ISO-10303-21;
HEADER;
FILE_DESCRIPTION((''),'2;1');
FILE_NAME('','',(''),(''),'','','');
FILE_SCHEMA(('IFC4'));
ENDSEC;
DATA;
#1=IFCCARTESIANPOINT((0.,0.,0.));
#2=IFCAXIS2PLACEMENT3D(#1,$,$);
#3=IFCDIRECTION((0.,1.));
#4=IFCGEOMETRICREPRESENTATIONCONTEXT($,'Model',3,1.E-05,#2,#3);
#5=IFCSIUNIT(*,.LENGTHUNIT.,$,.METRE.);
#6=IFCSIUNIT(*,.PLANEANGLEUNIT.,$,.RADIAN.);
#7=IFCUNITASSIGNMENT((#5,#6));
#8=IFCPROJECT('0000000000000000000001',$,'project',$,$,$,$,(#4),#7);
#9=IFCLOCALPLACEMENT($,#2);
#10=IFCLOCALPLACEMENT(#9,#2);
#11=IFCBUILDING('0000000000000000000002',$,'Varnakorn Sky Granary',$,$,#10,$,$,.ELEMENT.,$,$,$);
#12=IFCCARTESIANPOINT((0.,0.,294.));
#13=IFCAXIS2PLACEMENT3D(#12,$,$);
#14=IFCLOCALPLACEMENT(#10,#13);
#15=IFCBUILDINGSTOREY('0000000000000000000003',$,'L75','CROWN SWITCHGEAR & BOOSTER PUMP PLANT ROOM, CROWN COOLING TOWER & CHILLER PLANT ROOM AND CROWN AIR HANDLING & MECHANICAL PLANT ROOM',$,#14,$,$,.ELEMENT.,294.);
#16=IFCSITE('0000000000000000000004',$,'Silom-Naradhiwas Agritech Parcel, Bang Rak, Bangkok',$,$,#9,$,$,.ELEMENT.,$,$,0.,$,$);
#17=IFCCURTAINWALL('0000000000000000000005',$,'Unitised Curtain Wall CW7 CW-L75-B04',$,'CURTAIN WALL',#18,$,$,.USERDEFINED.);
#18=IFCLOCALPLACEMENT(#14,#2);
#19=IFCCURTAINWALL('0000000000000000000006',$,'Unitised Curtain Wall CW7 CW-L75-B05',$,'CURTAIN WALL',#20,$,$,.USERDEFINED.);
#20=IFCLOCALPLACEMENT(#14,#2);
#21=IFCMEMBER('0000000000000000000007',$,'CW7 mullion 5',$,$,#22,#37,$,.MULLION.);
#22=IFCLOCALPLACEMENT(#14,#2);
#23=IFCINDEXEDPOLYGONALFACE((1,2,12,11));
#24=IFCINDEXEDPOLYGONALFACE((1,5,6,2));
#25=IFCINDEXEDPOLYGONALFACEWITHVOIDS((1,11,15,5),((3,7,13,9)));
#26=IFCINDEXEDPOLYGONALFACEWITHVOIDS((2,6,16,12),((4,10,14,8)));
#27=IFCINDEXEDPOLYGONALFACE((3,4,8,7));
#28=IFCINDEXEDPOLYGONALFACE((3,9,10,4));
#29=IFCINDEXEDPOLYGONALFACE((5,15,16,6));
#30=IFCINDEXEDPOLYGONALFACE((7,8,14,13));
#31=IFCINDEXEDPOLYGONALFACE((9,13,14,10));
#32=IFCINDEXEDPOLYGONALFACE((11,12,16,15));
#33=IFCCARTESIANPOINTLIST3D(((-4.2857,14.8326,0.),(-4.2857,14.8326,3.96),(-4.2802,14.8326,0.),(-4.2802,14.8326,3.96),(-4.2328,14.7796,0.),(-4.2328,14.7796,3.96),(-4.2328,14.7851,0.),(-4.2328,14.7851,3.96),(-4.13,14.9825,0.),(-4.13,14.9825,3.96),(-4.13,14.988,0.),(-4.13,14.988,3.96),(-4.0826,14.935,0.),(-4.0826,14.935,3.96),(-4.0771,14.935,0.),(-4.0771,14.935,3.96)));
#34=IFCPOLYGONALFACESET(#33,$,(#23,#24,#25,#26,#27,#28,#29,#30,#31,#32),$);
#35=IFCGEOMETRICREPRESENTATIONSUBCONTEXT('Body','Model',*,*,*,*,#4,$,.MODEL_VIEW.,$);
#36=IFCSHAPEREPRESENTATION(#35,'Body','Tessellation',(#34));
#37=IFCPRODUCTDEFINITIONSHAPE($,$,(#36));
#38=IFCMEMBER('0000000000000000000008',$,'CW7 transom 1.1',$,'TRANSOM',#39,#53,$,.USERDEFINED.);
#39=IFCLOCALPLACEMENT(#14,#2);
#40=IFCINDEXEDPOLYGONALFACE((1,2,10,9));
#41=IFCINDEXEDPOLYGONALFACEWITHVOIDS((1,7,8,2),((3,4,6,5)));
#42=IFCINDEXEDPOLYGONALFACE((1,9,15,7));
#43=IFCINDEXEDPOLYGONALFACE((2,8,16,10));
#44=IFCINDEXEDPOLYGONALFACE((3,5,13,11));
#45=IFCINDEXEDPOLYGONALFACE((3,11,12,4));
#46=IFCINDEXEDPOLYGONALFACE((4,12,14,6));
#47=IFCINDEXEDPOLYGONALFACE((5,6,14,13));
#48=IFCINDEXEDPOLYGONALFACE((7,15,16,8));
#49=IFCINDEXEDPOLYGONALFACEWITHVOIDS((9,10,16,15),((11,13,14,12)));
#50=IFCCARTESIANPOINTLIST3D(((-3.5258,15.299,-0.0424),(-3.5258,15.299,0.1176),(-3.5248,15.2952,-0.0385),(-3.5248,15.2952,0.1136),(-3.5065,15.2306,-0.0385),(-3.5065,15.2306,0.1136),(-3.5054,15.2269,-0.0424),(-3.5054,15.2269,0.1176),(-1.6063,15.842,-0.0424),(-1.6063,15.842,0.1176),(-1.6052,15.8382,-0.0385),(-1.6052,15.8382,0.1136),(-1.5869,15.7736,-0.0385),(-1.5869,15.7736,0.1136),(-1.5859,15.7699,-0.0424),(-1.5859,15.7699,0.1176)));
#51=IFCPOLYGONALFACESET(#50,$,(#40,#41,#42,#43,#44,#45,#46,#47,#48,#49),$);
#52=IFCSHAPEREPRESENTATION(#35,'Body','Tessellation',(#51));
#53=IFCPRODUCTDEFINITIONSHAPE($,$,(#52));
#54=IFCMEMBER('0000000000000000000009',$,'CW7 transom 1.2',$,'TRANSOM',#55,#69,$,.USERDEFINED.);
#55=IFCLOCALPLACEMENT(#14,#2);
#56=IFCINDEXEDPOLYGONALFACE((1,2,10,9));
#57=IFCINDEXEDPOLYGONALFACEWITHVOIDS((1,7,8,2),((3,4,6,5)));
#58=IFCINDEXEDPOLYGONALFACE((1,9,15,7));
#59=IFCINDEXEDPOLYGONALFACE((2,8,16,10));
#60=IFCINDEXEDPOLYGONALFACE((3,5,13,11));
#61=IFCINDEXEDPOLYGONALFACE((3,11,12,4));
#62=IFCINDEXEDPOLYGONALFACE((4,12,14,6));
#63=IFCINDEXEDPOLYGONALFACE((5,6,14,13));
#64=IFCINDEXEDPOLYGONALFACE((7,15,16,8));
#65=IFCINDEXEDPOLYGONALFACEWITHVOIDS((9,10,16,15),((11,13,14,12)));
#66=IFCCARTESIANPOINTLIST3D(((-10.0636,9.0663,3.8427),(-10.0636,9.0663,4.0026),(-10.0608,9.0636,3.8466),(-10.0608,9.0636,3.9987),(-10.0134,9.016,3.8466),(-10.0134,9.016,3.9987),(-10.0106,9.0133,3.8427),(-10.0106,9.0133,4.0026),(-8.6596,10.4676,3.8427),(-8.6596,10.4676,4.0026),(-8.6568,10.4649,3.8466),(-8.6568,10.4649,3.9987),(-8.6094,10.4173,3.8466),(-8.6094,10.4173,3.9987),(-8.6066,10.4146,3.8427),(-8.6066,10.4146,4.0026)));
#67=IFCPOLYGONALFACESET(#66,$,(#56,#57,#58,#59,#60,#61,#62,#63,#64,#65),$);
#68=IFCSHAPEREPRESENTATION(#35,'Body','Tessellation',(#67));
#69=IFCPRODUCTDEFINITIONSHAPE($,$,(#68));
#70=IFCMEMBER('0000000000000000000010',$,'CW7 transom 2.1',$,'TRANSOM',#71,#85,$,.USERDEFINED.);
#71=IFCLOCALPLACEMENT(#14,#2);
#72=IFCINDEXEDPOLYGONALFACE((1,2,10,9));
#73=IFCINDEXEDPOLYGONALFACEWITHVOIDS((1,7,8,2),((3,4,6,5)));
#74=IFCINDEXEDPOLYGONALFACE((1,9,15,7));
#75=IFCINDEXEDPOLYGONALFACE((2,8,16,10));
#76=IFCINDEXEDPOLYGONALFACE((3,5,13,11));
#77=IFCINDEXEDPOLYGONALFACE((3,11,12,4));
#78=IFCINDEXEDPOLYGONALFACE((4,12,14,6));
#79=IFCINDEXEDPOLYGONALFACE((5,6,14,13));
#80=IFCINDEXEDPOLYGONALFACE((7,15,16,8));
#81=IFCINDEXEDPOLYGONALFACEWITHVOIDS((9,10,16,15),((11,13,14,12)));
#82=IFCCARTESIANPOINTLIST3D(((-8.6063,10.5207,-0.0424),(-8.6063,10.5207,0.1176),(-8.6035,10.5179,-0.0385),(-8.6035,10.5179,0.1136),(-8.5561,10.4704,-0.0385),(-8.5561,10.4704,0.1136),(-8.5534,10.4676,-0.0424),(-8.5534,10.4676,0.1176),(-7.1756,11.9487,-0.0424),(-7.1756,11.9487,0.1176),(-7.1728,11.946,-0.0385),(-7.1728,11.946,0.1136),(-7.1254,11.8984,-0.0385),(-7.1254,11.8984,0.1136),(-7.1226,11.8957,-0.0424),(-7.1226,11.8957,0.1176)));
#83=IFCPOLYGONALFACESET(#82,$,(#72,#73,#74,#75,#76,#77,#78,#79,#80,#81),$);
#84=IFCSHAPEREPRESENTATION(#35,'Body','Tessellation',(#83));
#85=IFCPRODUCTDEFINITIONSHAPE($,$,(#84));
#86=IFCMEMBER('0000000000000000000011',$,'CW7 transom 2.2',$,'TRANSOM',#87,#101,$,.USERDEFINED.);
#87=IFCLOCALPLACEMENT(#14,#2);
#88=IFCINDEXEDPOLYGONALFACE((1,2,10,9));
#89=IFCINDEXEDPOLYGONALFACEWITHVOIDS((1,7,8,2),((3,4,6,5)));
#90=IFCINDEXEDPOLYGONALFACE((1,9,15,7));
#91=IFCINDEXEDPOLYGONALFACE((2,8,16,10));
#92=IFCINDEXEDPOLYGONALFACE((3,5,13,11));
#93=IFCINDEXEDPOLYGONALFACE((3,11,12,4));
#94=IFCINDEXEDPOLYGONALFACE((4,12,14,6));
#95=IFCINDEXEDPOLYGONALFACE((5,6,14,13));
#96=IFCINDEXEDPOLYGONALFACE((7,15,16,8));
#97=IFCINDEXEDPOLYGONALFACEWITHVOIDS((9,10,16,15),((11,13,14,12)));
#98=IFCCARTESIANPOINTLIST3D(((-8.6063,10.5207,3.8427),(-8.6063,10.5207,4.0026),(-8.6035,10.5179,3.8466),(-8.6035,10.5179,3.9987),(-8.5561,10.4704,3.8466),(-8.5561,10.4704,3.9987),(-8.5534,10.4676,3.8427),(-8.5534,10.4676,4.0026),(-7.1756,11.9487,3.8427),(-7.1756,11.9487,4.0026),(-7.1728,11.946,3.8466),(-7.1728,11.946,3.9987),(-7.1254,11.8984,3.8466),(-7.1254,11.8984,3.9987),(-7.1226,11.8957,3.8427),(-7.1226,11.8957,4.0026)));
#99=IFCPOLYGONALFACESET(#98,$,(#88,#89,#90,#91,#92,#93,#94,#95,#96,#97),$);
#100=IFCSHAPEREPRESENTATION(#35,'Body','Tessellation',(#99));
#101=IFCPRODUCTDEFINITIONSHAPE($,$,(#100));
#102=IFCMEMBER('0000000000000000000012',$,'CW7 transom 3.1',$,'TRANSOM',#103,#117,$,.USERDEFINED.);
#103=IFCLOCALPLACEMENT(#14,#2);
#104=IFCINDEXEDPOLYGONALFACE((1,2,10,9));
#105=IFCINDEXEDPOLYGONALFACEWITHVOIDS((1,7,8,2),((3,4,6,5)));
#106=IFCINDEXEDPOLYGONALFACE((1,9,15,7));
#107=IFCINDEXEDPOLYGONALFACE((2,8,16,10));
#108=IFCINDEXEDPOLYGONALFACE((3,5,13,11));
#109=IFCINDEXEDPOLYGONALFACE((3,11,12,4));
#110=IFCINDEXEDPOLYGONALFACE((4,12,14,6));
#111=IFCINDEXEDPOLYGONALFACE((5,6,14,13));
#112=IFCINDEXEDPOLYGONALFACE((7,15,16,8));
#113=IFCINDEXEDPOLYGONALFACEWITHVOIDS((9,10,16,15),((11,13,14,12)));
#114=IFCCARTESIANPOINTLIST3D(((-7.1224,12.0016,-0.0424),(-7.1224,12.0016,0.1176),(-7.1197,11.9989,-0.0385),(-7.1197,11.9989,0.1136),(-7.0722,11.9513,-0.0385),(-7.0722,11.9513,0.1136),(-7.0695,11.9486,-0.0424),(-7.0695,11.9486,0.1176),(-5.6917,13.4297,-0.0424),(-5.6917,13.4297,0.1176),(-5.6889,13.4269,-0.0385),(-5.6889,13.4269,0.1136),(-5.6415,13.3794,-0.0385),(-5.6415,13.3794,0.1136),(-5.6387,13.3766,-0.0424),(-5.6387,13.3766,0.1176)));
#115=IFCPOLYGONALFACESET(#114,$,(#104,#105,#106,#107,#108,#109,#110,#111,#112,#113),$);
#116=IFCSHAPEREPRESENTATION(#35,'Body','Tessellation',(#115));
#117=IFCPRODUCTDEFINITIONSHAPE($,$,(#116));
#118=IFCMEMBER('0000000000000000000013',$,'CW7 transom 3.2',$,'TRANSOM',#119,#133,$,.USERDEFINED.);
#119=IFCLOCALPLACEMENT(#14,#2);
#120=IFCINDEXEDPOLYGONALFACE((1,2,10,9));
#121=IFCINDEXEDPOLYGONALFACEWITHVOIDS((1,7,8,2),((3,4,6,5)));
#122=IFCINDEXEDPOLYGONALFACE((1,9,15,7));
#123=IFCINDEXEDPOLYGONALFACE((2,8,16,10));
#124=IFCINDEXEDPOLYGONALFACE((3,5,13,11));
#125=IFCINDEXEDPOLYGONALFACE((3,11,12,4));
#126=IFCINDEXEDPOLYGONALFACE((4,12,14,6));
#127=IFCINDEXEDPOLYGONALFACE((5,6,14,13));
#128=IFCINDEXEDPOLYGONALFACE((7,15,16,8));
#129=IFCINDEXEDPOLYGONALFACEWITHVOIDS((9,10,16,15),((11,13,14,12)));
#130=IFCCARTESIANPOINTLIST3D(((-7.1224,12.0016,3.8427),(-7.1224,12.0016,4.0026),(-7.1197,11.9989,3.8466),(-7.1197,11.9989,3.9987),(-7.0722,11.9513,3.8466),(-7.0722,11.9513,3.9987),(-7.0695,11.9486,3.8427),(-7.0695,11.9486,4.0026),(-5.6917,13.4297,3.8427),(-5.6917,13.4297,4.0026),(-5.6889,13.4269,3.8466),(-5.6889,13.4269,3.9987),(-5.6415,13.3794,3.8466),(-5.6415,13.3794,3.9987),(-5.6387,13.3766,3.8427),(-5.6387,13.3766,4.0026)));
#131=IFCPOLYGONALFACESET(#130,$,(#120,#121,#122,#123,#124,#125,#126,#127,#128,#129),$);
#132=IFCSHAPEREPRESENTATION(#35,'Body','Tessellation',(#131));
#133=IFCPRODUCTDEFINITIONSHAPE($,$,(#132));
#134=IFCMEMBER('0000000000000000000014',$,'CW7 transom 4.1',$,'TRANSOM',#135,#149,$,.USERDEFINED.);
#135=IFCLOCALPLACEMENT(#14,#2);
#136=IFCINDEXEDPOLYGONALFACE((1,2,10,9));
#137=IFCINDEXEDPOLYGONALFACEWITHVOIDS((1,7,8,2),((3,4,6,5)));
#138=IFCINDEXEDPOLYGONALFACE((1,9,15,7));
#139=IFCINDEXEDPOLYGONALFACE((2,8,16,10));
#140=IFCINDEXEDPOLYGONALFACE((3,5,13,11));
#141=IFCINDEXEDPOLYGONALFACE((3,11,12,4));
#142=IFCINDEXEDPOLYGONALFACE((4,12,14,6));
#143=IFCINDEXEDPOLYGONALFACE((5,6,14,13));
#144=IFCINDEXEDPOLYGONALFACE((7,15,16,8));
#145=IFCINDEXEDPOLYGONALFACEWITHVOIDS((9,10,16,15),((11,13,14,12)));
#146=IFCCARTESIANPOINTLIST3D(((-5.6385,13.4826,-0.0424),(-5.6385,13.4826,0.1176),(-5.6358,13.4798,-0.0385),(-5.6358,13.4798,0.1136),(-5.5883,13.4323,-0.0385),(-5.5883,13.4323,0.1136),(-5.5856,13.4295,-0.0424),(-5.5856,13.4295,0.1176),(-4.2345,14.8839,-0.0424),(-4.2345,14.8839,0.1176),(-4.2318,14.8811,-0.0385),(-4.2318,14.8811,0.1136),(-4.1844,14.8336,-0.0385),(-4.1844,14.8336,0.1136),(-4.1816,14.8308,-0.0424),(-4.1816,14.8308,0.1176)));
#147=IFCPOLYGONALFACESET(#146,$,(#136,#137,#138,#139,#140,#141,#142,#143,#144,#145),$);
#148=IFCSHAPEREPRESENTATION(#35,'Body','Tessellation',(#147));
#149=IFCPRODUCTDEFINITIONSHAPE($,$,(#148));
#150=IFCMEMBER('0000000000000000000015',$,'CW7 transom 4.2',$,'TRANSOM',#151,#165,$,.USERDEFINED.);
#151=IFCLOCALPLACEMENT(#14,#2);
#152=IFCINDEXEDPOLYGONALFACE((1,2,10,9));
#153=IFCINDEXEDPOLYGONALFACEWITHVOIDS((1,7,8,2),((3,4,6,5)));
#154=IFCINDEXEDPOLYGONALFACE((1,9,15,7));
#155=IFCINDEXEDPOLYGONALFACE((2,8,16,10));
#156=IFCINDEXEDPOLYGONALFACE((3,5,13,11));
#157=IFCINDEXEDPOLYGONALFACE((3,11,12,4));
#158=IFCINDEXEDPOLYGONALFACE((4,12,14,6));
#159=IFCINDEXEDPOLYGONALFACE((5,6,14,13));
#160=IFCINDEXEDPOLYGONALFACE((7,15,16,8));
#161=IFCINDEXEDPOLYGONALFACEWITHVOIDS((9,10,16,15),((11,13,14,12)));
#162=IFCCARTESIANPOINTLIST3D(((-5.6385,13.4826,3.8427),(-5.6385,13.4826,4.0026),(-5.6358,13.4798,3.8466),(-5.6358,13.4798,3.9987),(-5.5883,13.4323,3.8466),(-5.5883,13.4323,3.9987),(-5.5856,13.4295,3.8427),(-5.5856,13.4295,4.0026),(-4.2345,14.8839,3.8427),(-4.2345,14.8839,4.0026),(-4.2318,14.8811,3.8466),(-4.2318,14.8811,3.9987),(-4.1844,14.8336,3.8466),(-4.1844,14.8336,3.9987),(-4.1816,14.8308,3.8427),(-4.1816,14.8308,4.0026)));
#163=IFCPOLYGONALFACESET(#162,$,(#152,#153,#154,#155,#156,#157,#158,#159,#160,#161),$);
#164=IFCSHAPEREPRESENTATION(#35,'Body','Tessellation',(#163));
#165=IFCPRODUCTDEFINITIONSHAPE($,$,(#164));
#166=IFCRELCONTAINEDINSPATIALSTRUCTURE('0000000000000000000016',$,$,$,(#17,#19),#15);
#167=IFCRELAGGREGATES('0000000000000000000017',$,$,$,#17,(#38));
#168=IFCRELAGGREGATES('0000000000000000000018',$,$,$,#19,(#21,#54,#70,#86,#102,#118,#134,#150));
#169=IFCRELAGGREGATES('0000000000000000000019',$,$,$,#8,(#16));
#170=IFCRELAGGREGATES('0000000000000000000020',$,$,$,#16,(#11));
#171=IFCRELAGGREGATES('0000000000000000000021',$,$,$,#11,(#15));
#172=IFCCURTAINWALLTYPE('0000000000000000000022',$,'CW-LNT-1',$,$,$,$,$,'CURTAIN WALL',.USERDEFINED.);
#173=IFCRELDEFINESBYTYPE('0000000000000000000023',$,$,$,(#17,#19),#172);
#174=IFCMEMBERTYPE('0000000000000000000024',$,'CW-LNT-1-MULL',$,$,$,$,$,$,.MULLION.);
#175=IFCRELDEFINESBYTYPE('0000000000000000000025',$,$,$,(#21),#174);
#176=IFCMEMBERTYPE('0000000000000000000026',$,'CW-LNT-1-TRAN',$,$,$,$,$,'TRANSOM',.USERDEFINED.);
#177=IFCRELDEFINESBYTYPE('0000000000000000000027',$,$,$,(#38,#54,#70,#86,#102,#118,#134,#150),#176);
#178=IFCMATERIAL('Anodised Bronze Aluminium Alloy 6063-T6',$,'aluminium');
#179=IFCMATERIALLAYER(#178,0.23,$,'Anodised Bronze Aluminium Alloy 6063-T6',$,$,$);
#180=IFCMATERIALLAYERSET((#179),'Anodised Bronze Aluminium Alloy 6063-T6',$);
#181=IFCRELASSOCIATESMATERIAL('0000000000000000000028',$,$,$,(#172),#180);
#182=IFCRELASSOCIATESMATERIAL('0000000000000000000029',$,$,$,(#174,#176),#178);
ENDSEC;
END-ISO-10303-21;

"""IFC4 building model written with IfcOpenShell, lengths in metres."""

from ifc_helpers import new_model, si_unit, direction, frame, origin, origin_2d, place, context, subcontext, project, spatial, hollow_rectangle, extrude, material, layer, layer_set, material_profile, profile_set, type_object, element, aggregate, save


model = new_model("IFC4")

# Units and contexts
model_context = context("Model", 3, precision=1e-05, world=origin(), true_north=direction((0.0, 1.0)))
body_context = subcontext(model_context, "Body", "Model", "MODEL_VIEW")
ifc_project = project(units=[si_unit("LENGTHUNIT", "METRE"), si_unit("PLANEANGLEUNIT", "RADIAN")], contexts=[model_context])

# Site, building, storey
site_placement = place(None, origin())
site = spatial("IfcSite", under=ifc_project, at=site_placement, Name="Silom-Naradhiwas Agritech Parcel, Bang Rak, Bangkok", CompositionType="ELEMENT", RefElevation=0.0)
building_placement = place(site_placement, origin())
building = spatial("IfcBuilding", under=site, at=building_placement, Name="Varnakorn Sky Granary", CompositionType="ELEMENT")
storey_placement = place(building_placement, frame((0.0, 0.0, 294.0)))
storey = spatial("IfcBuildingStorey", under=building, at=storey_placement, Name="L75", Description="CROWN SWITCHGEAR & BOOSTER PUMP PLANT ROOM, CROWN COOLING TOWER & CHILLER PLANT ROOM AND CROWN AIR HANDLING & MECHANICAL PLANT ROOM", CompositionType="ELEMENT", Elevation=294.0)

# Curtain wall
ifc_material_1 = material(Name="Anodised Bronze Aluminium Alloy 6063-T6", Category="aluminium")
ifc_layer_1 = layer(ifc_material_1, 0.23, Name="Anodised Bronze Aluminium Alloy 6063-T6")
ifc_layer_set_1 = layer_set([ifc_layer_1], Name="Anodised Bronze Aluminium Alloy 6063-T6")
curtain_wall_type = type_object("IfcCurtainWallType", Name="CW-LNT-1", ElementType="CURTAIN WALL", PredefinedType="USERDEFINED", material=ifc_layer_set_1)
curtain_wall_1_placement = place(storey_placement, origin())
curtain_wall_1 = element("IfcCurtainWall", 1, at=curtain_wall_1_placement, inside=storey, type_object=curtain_wall_type, Name="Unitised Curtain Wall CW7 CW-L75-B04", ObjectType="CURTAIN WALL", PredefinedType="USERDEFINED")
ifc_material_profile_1 = material_profile(ifc_material_1, hollow_rectangle(XDim=0.075, YDim=0.22, WallThickness=0.0039, at=origin_2d()), Name="ALU MULL 75x220")
ifc_profile_set_1 = profile_set([ifc_material_profile_1], Name="Anodised Bronze Aluminium Alloy 6063-T6")
member_type_1 = type_object("IfcMemberType", Name="CW-LNT-1-MULL", PredefinedType="MULLION", material=ifc_profile_set_1)

# Curtain wall, member
curtain_wall_2_placement = place(storey_placement, origin())
curtain_wall_2 = element("IfcCurtainWall", 2, at=curtain_wall_2_placement, inside=storey, type_object=curtain_wall_type, Name="Unitised Curtain Wall CW7 CW-L75-B05", ObjectType="CURTAIN WALL", PredefinedType="USERDEFINED")
member_1_placement = place(storey_placement, frame((-4.1814, 14.8838, 0.0), z_axis=(0.0, 0.0, 1.0), x_axis=(-0.706397, 0.707816, 0.0)))
member_1 = element("IfcMember", 3, at=member_1_placement, type_object=member_type_1, Name="CW7 mullion 5", PredefinedType="MULLION", context=body_context, shape_type="SweptSolid", body=[
    extrude(hollow_rectangle(XDim=0.075, YDim=0.22, WallThickness=0.0039, at=origin_2d()), origin(), (0.0, 0.0, 1.0), 3.96),
])

# Members
ifc_material_profile_2 = material_profile(ifc_material_1, hollow_rectangle(XDim=0.075, YDim=0.1599, WallThickness=0.0039, at=origin_2d()), Name="ALU TRAN 75x160")
ifc_profile_set_2 = profile_set([ifc_material_profile_2], Name="Anodised Bronze Aluminium Alloy 6063-T6")
member_type_2 = type_object("IfcMemberType", Name="CW-LNT-1-TRAN", ElementType="TRANSOM", PredefinedType="USERDEFINED", material=ifc_profile_set_2)
member_2_placement = place(storey_placement, frame((-3.5156, 15.2629, 0.0376), z_axis=(0.962241, 0.272198, 0.0), x_axis=(-0.272198, 0.962241, 0.0)))
member_2 = element("IfcMember", 4, at=member_2_placement, type_object=member_type_2, Name="CW7 transom 1.1", ObjectType="TRANSOM", PredefinedType="USERDEFINED", context=body_context, shape_type="SweptSolid", body=[
    extrude(hollow_rectangle(XDim=0.075, YDim=0.1599, WallThickness=0.0039, at=origin_2d()), origin(), (0.0, 0.0, 1.0), 1.9949),
])
aggregate(curtain_wall_1, [member_2])
member_3_placement = place(storey_placement, frame((-10.0371, 9.0398, 3.9226), z_axis=(0.707783, 0.70643, 0.0), x_axis=(-0.70643, 0.707783, 0.0)))
member_3 = element("IfcMember", 5, at=member_3_placement, type_object=member_type_2, Name="CW7 transom 1.2", ObjectType="TRANSOM", PredefinedType="USERDEFINED", context=body_context, shape_type="SweptSolid", body=[
    extrude(hollow_rectangle(XDim=0.075, YDim=0.1599, WallThickness=0.0039, at=origin_2d()), origin(), (0.0, 0.0, 1.0), 1.9836),
])
member_4_placement = place(storey_placement, frame((-8.5798, 10.4941, 0.0376), z_axis=(0.707771, 0.706442, 0.0), x_axis=(-0.706442, 0.707771, 0.0)))
member_4 = element("IfcMember", 6, at=member_4_placement, type_object=member_type_2, Name="CW7 transom 2.1", ObjectType="TRANSOM", PredefinedType="USERDEFINED", context=body_context, shape_type="SweptSolid", body=[
    extrude(hollow_rectangle(XDim=0.075, YDim=0.1599, WallThickness=0.0039, at=origin_2d()), origin(), (0.0, 0.0, 1.0), 2.0215),
])
member_5_placement = place(storey_placement, frame((-8.5798, 10.4941, 3.9226), z_axis=(0.707771, 0.706442, 0.0), x_axis=(-0.706442, 0.707771, 0.0)))
member_5 = element("IfcMember", 7, at=member_5_placement, type_object=member_type_2, Name="CW7 transom 2.2", ObjectType="TRANSOM", PredefinedType="USERDEFINED", context=body_context, shape_type="SweptSolid", body=[
    extrude(hollow_rectangle(XDim=0.075, YDim=0.1599, WallThickness=0.0039, at=origin_2d()), origin(), (0.0, 0.0, 1.0), 2.0215),
])
member_6_placement = place(storey_placement, frame((-7.0959, 11.9751, 0.0376), z_axis=(0.707771, 0.706442, 0.0), x_axis=(-0.706442, 0.707771, 0.0)))
member_6 = element("IfcMember", 8, at=member_6_placement, type_object=member_type_2, Name="CW7 transom 3.1", ObjectType="TRANSOM", PredefinedType="USERDEFINED", context=body_context, shape_type="SweptSolid", body=[
    extrude(hollow_rectangle(XDim=0.075, YDim=0.1599, WallThickness=0.0039, at=origin_2d()), origin(), (0.0, 0.0, 1.0), 2.0215),
])
member_7_placement = place(storey_placement, frame((-7.0959, 11.9751, 3.9226), z_axis=(0.707771, 0.706442, 0.0), x_axis=(-0.706442, 0.707771, 0.0)))
member_7 = element("IfcMember", 9, at=member_7_placement, type_object=member_type_2, Name="CW7 transom 3.2", ObjectType="TRANSOM", PredefinedType="USERDEFINED", context=body_context, shape_type="SweptSolid", body=[
    extrude(hollow_rectangle(XDim=0.075, YDim=0.1599, WallThickness=0.0039, at=origin_2d()), origin(), (0.0, 0.0, 1.0), 2.0215),
])
member_8_placement = place(storey_placement, frame((-5.6121, 13.4561, 0.0376), z_axis=(0.707783, 0.70643, 0.0), x_axis=(-0.70643, 0.707783, 0.0)))
member_8 = element("IfcMember", 10, at=member_8_placement, type_object=member_type_2, Name="CW7 transom 4.1", ObjectType="TRANSOM", PredefinedType="USERDEFINED", context=body_context, shape_type="SweptSolid", body=[
    extrude(hollow_rectangle(XDim=0.075, YDim=0.1599, WallThickness=0.0039, at=origin_2d()), origin(), (0.0, 0.0, 1.0), 1.9836),
])
member_9_placement = place(storey_placement, frame((-5.6121, 13.4561, 3.9226), z_axis=(0.707783, 0.70643, 0.0), x_axis=(-0.70643, 0.707783, 0.0)))
member_9 = element("IfcMember", 11, at=member_9_placement, type_object=member_type_2, Name="CW7 transom 4.2", ObjectType="TRANSOM", PredefinedType="USERDEFINED", context=body_context, shape_type="SweptSolid", body=[
    extrude(hollow_rectangle(XDim=0.075, YDim=0.1599, WallThickness=0.0039, at=origin_2d()), origin(), (0.0, 0.0, 1.0), 1.9836),
])

aggregate(curtain_wall_2, [member_1, member_3, member_4, member_5, member_6, member_7, member_8, member_9])

save(model, "model.ifc")
